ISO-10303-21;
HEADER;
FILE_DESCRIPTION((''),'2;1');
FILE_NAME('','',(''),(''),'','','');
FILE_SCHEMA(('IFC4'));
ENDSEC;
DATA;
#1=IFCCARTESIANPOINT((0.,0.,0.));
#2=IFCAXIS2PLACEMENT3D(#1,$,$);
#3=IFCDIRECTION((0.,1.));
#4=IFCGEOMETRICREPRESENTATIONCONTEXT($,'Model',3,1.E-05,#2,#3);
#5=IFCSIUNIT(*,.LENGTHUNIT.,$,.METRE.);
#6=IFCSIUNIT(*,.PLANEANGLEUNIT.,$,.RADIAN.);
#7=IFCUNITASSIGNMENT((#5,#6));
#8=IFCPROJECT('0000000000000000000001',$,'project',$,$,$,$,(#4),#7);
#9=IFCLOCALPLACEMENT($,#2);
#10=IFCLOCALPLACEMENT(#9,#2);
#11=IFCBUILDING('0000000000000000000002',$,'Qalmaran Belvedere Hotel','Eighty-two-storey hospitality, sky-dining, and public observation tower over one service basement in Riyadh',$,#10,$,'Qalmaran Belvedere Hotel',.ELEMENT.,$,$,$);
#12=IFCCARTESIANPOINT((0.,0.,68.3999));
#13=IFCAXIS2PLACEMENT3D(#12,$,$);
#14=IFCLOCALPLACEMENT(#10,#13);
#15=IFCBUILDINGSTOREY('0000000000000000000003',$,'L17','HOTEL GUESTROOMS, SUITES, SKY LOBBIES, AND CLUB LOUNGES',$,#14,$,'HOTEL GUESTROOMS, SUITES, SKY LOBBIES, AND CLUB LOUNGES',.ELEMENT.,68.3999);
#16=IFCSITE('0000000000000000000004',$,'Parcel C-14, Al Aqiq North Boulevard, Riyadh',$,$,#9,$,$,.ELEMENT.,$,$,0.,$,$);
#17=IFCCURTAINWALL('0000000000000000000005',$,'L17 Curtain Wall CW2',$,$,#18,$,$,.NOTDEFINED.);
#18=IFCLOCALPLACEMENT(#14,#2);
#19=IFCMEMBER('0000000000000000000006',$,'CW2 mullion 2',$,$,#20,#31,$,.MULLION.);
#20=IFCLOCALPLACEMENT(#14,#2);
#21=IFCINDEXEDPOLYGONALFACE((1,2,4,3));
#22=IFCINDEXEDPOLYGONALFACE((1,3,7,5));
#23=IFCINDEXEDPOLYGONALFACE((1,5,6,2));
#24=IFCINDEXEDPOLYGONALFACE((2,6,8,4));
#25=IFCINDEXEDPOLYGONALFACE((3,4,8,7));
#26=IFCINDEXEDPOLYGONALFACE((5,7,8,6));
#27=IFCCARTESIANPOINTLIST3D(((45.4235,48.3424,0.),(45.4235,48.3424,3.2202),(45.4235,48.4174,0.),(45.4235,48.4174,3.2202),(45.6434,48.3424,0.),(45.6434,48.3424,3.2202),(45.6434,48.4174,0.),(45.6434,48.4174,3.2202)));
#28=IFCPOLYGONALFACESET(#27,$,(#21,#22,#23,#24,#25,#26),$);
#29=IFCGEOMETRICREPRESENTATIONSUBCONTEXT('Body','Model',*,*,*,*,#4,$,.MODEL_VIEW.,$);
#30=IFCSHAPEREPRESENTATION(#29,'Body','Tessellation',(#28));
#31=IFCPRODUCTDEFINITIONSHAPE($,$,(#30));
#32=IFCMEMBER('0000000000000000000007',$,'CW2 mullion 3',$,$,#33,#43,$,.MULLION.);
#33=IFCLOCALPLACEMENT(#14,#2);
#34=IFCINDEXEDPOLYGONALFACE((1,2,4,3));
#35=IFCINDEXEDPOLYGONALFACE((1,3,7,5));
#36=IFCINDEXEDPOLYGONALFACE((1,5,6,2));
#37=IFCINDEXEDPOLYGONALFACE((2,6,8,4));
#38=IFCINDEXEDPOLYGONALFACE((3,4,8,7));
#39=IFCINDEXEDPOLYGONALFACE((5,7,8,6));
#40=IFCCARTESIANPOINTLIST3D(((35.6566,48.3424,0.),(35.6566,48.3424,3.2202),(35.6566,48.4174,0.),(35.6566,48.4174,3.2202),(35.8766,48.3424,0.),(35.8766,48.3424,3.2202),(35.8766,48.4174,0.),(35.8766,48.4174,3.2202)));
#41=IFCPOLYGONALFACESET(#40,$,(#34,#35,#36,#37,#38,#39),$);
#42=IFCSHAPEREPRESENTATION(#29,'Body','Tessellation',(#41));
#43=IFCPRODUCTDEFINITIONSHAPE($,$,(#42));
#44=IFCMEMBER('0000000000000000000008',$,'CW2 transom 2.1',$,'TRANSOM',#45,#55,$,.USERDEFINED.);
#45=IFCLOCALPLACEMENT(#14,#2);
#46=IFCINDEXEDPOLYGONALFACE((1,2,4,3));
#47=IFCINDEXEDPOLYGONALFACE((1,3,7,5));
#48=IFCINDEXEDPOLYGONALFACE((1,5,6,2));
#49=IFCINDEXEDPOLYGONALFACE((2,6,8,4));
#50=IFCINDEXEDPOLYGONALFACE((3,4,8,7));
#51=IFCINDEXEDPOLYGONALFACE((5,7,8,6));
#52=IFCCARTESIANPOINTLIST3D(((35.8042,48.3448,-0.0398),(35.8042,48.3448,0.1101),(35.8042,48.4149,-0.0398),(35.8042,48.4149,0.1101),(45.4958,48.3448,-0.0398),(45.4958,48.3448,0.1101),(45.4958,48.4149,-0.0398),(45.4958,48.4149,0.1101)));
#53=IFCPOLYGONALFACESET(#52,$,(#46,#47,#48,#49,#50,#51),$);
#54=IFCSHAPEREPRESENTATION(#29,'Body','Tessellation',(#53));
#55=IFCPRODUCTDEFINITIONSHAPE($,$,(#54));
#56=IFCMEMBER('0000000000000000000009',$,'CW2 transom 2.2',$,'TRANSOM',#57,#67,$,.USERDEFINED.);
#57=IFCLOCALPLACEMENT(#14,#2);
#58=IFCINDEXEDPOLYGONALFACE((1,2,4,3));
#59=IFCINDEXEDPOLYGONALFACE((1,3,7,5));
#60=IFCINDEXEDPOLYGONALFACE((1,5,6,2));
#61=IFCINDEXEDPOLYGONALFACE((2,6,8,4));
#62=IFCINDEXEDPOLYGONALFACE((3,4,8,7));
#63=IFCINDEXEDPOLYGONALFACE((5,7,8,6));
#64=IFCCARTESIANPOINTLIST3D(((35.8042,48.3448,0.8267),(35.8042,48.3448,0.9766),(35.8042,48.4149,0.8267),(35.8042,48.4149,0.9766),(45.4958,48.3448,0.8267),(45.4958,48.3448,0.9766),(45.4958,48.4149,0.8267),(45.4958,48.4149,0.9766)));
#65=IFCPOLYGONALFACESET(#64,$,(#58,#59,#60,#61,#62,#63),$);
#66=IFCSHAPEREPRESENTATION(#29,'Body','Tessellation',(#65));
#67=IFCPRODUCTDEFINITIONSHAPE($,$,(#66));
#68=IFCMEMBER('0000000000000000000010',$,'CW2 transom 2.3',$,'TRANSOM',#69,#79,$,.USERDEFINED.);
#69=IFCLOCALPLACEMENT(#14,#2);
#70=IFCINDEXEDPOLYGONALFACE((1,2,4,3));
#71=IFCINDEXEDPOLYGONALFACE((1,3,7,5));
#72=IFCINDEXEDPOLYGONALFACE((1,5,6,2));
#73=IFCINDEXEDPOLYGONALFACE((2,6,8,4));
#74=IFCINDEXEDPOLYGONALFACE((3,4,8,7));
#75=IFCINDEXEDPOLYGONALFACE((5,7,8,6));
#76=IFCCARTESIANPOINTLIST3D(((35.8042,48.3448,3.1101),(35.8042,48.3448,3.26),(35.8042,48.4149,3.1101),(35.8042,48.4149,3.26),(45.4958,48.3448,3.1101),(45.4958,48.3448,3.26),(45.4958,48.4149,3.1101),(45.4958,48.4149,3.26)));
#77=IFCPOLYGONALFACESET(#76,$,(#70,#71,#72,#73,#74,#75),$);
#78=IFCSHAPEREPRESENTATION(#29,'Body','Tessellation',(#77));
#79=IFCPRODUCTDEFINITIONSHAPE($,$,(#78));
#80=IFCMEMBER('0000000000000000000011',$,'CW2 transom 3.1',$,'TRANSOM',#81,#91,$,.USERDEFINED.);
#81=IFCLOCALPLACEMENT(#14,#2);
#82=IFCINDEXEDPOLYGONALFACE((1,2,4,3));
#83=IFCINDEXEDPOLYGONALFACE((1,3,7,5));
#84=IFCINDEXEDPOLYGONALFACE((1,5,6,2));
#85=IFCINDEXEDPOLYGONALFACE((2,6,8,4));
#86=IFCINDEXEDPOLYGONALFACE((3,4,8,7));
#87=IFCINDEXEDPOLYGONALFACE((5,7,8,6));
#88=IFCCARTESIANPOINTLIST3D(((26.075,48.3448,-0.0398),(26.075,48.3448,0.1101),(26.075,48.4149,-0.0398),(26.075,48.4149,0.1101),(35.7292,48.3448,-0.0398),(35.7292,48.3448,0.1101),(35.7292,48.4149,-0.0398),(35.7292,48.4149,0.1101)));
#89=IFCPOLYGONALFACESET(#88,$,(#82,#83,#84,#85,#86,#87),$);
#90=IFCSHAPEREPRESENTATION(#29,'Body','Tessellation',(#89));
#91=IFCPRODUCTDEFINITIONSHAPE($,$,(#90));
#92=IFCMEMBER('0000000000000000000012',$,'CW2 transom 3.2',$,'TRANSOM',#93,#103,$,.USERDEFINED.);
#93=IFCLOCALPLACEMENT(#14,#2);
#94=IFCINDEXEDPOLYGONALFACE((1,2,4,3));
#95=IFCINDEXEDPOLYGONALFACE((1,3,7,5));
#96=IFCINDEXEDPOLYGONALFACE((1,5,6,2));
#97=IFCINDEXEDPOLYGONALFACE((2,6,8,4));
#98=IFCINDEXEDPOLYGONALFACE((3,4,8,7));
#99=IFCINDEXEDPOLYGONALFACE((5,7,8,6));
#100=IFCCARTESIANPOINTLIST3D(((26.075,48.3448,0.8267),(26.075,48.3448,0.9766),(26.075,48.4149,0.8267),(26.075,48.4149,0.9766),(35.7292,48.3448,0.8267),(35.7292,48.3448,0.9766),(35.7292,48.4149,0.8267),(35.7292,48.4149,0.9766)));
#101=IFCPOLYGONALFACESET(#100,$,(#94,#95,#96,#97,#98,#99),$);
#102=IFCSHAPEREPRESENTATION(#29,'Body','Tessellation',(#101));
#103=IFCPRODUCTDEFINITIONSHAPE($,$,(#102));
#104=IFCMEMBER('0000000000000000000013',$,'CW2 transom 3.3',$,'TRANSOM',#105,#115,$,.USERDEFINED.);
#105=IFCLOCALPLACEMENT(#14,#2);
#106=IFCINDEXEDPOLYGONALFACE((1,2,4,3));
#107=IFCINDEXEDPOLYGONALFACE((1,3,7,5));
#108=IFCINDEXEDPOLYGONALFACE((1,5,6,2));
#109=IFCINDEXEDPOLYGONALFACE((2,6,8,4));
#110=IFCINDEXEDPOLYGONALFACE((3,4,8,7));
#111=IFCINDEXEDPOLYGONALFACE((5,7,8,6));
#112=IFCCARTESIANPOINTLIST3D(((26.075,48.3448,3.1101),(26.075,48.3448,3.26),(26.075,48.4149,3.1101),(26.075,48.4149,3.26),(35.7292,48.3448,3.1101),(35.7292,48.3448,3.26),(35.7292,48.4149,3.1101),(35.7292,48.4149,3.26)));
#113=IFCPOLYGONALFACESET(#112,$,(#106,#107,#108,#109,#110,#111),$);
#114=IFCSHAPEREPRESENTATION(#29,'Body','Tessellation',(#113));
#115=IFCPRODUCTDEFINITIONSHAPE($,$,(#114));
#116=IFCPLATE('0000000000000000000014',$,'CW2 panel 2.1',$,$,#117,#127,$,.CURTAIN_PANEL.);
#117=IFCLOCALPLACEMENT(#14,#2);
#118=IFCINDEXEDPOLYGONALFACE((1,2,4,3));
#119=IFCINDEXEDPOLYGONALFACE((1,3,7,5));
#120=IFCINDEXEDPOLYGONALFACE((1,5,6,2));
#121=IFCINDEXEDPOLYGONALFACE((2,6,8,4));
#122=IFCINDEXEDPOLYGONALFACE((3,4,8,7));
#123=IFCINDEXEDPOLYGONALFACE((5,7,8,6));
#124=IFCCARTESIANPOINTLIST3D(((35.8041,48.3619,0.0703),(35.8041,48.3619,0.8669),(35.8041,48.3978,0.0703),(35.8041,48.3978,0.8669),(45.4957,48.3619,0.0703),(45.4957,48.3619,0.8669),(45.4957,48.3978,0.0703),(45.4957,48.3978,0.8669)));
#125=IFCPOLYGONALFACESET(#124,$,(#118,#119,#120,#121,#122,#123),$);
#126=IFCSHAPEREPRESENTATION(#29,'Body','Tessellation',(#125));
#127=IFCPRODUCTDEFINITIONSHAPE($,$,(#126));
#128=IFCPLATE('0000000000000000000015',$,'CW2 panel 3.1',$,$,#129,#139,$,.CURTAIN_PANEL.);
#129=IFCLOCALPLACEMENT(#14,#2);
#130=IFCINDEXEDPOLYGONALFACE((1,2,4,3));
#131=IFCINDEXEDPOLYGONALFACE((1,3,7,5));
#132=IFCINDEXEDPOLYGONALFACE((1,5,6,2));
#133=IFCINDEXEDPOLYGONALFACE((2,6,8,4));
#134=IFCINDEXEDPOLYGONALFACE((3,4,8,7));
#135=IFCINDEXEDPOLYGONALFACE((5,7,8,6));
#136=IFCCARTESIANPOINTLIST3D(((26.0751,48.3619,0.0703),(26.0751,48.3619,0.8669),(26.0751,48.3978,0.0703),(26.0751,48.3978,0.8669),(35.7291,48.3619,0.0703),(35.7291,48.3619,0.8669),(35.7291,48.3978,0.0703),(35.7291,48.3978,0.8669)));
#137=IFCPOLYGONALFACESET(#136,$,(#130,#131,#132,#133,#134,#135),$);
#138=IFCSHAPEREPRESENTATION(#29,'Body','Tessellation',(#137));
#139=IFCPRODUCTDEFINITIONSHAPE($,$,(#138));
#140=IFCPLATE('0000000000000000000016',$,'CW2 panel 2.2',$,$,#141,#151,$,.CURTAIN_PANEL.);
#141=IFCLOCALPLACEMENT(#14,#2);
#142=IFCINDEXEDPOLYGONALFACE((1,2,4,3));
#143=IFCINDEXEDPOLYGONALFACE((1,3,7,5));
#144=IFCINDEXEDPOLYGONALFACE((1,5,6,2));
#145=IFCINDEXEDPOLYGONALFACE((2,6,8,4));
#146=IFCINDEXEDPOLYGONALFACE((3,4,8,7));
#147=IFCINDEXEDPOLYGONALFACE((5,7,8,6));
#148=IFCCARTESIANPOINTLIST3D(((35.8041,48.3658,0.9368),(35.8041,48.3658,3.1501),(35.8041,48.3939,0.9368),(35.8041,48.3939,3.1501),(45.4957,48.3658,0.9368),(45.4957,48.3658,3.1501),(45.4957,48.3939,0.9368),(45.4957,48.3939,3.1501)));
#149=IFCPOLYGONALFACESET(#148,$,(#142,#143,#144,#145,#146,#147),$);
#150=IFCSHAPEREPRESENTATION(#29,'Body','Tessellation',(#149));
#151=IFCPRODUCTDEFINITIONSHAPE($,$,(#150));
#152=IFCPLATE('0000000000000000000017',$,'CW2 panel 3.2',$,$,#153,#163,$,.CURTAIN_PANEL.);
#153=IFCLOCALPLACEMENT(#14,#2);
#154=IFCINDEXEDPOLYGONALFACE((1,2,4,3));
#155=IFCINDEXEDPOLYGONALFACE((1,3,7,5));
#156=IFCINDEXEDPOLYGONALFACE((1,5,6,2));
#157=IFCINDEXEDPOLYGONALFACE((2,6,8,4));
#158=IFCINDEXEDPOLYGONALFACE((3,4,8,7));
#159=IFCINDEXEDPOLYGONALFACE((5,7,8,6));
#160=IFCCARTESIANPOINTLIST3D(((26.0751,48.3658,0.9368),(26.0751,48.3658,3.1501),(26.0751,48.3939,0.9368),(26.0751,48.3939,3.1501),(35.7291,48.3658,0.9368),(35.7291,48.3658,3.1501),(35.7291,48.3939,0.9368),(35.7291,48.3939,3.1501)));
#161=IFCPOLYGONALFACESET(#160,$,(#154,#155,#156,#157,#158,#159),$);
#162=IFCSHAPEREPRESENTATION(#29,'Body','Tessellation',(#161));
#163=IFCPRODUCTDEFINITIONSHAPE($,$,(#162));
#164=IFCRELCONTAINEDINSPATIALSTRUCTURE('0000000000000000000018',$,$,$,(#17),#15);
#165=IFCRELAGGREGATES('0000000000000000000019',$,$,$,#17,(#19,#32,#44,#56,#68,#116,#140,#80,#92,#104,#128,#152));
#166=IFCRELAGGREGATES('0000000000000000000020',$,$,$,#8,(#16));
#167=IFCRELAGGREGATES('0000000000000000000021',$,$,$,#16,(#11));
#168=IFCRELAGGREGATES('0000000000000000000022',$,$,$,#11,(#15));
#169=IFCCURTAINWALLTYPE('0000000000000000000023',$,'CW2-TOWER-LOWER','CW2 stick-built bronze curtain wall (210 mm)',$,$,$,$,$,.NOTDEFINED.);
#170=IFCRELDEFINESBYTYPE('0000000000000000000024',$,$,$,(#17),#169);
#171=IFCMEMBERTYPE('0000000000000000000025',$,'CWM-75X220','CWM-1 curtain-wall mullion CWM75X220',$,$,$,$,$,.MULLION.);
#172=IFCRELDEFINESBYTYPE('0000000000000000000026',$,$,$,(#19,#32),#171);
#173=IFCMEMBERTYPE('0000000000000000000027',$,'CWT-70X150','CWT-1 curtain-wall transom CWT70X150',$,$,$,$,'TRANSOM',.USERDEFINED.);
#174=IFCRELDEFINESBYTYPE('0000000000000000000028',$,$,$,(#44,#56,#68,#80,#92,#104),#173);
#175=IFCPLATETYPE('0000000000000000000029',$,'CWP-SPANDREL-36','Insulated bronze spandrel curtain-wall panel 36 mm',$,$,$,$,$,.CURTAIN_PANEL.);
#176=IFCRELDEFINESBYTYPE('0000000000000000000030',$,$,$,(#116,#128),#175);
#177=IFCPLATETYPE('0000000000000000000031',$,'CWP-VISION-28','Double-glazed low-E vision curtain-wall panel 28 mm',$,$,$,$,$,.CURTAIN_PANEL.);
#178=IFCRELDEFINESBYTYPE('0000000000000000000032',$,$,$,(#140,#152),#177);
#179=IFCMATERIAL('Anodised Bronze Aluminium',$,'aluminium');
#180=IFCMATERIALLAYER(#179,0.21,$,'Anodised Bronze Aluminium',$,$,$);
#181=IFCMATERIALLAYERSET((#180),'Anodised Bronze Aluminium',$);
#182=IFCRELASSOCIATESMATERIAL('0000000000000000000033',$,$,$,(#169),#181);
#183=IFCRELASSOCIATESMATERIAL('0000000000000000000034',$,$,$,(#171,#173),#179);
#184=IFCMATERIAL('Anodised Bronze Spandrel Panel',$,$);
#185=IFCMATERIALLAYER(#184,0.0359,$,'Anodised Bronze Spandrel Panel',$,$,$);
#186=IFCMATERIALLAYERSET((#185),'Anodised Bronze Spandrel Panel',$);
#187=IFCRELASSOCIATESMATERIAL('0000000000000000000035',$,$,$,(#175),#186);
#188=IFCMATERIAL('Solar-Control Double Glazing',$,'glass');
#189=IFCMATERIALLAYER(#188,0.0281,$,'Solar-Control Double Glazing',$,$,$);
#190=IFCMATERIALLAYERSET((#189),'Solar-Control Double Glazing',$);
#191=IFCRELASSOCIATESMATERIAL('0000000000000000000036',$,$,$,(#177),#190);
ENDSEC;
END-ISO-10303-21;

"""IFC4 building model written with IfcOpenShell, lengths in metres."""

from ifc_helpers import new_model, si_unit, direction, frame, origin, origin_2d, place, context, subcontext, project, spatial, rectangle, extrude, material, layer, layer_set, material_profile, profile_set, type_object, element, aggregate, save


model = new_model("IFC4")

# Units and contexts
model_context = context("Model", 3, precision=1e-05, world=origin(), true_north=direction((0.0, 1.0)))
body_context = subcontext(model_context, "Body", "Model", "MODEL_VIEW")
ifc_project = project(units=[si_unit("LENGTHUNIT", "METRE"), si_unit("PLANEANGLEUNIT", "RADIAN")], contexts=[model_context])

# Site, building, storey
site_placement = place(None, origin())
site = spatial("IfcSite", under=ifc_project, at=site_placement, Name="Parcel C-14, Al Aqiq North Boulevard, Riyadh", CompositionType="ELEMENT", RefElevation=0.0)
building_placement = place(site_placement, origin())
building = spatial("IfcBuilding", under=site, at=building_placement, Name="Qalmaran Belvedere Hotel", Description="Eighty-two-storey hospitality, sky-dining, and public observation tower over one service basement in Riyadh", LongName="Qalmaran Belvedere Hotel", CompositionType="ELEMENT")
storey_placement = place(building_placement, frame((0.0, 0.0, 68.3999)))
storey = spatial("IfcBuildingStorey", under=building, at=storey_placement, Name="L17", Description="HOTEL GUESTROOMS, SUITES, SKY LOBBIES, AND CLUB LOUNGES", LongName="HOTEL GUESTROOMS, SUITES, SKY LOBBIES, AND CLUB LOUNGES", CompositionType="ELEMENT", Elevation=68.3999)

# Curtain wall, members, plates
ifc_material_1 = material(Name="Anodised Bronze Aluminium", Category="aluminium")
ifc_layer_1 = layer(ifc_material_1, 0.21, Name="Anodised Bronze Aluminium")
ifc_layer_set_1 = layer_set([ifc_layer_1], Name="Anodised Bronze Aluminium")
curtain_wall_type = type_object("IfcCurtainWallType", Name="CW2-TOWER-LOWER", Description="CW2 stick-built bronze curtain wall (210 mm)", PredefinedType="NOTDEFINED", material=ifc_layer_set_1)
curtain_wall_placement = place(storey_placement, origin())
curtain_wall = element("IfcCurtainWall", 1, at=curtain_wall_placement, inside=storey, type_object=curtain_wall_type, Name="L17 Curtain Wall CW2", PredefinedType="NOTDEFINED")
ifc_material_profile_1 = material_profile(ifc_material_1, rectangle(XDim=0.075, YDim=0.22, at=origin_2d()), Name="CWM75X220")
ifc_profile_set_1 = profile_set([ifc_material_profile_1], Name="Anodised Bronze Aluminium")
member_type_1 = type_object("IfcMemberType", Name="CWM-75X220", Description="CWM-1 curtain-wall mullion CWM75X220", PredefinedType="MULLION", material=ifc_profile_set_1)
member_1_placement = place(storey_placement, frame((45.5334, 48.3799, 0.0), z_axis=(0.0, 0.0, 1.0), x_axis=(0.0, -1.0, 0.0)))
member_1 = element("IfcMember", 2, at=member_1_placement, type_object=member_type_1, Name="CW2 mullion 2", PredefinedType="MULLION", context=body_context, shape_type="SweptSolid", body=[
    extrude(rectangle(XDim=0.075, YDim=0.22, at=origin_2d()), origin(), (0.0, 0.0, 1.0), 3.2202),
])
member_2_placement = place(storey_placement, frame((35.7666, 48.3799, 0.0), z_axis=(0.0, 0.0, 1.0), x_axis=(0.0, -1.0, 0.0)))
member_2 = element("IfcMember", 3, at=member_2_placement, type_object=member_type_1, Name="CW2 mullion 3", PredefinedType="MULLION", context=body_context, shape_type="SweptSolid", body=[
    extrude(rectangle(XDim=0.075, YDim=0.22, at=origin_2d()), origin(), (0.0, 0.0, 1.0), 3.2202),
])
ifc_material_profile_2 = material_profile(ifc_material_1, rectangle(XDim=0.0701, YDim=0.1499, at=origin_2d()), Name="CWT70X150")
ifc_profile_set_2 = profile_set([ifc_material_profile_2], Name="Anodised Bronze Aluminium")
member_type_2 = type_object("IfcMemberType", Name="CWT-70X150", Description="CWT-1 curtain-wall transom CWT70X150", ElementType="TRANSOM", PredefinedType="USERDEFINED", material=ifc_profile_set_2)
member_3_placement = place(storey_placement, frame((45.4958, 48.3799, 0.0352), z_axis=(-1.0, 0.0, 0.0), x_axis=(0.0, -1.0, 0.0)))
member_3 = element("IfcMember", 4, at=member_3_placement, type_object=member_type_2, Name="CW2 transom 2.1", ObjectType="TRANSOM", PredefinedType="USERDEFINED", context=body_context, shape_type="SweptSolid", body=[
    extrude(rectangle(XDim=0.0701, YDim=0.1499, at=origin_2d()), origin(), (0.0, 0.0, 1.0), 9.6917),
])
member_4_placement = place(storey_placement, frame((45.4958, 48.3799, 0.9016), z_axis=(-1.0, 0.0, 0.0), x_axis=(0.0, -1.0, 0.0)))
member_4 = element("IfcMember", 5, at=member_4_placement, type_object=member_type_2, Name="CW2 transom 2.2", ObjectType="TRANSOM", PredefinedType="USERDEFINED", context=body_context, shape_type="SweptSolid", body=[
    extrude(rectangle(XDim=0.0701, YDim=0.1499, at=origin_2d()), origin(), (0.0, 0.0, 1.0), 9.6917),
])
member_5_placement = place(storey_placement, frame((45.4958, 48.3799, 3.1851), z_axis=(-1.0, 0.0, 0.0), x_axis=(0.0, -1.0, 0.0)))
member_5 = element("IfcMember", 6, at=member_5_placement, type_object=member_type_2, Name="CW2 transom 2.3", ObjectType="TRANSOM", PredefinedType="USERDEFINED", context=body_context, shape_type="SweptSolid", body=[
    extrude(rectangle(XDim=0.0701, YDim=0.1499, at=origin_2d()), origin(), (0.0, 0.0, 1.0), 9.6917),
])
member_6_placement = place(storey_placement, frame((35.7292, 48.3799, 0.0352), z_axis=(-1.0, 0.0, 0.0), x_axis=(0.0, -1.0, 0.0)))
member_6 = element("IfcMember", 7, at=member_6_placement, type_object=member_type_2, Name="CW2 transom 3.1", ObjectType="TRANSOM", PredefinedType="USERDEFINED", context=body_context, shape_type="SweptSolid", body=[
    extrude(rectangle(XDim=0.0701, YDim=0.1499, at=origin_2d()), origin(), (0.0, 0.0, 1.0), 9.6543),
])
member_7_placement = place(storey_placement, frame((35.7292, 48.3799, 0.9016), z_axis=(-1.0, 0.0, 0.0), x_axis=(0.0, -1.0, 0.0)))
member_7 = element("IfcMember", 8, at=member_7_placement, type_object=member_type_2, Name="CW2 transom 3.2", ObjectType="TRANSOM", PredefinedType="USERDEFINED", context=body_context, shape_type="SweptSolid", body=[
    extrude(rectangle(XDim=0.0701, YDim=0.1499, at=origin_2d()), origin(), (0.0, 0.0, 1.0), 9.6543),
])
member_8_placement = place(storey_placement, frame((35.7292, 48.3799, 3.1851), z_axis=(-1.0, 0.0, 0.0), x_axis=(0.0, -1.0, 0.0)))
member_8 = element("IfcMember", 9, at=member_8_placement, type_object=member_type_2, Name="CW2 transom 3.3", ObjectType="TRANSOM", PredefinedType="USERDEFINED", context=body_context, shape_type="SweptSolid", body=[
    extrude(rectangle(XDim=0.0701, YDim=0.1499, at=origin_2d()), origin(), (0.0, 0.0, 1.0), 9.6543),
])
ifc_material_2 = material(Name="Anodised Bronze Spandrel Panel")
ifc_layer_2 = layer(ifc_material_2, 0.0359, Name="Anodised Bronze Spandrel Panel")
ifc_layer_set_2 = layer_set([ifc_layer_2], Name="Anodised Bronze Spandrel Panel")
plate_type_1 = type_object("IfcPlateType", Name="CWP-SPANDREL-36", Description="Insulated bronze spandrel curtain-wall panel 36 mm", PredefinedType="CURTAIN_PANEL", material=ifc_layer_set_2)
plate_1_placement = place(storey_placement, frame((40.6499, 48.3799, 0.0703), z_axis=(0.0, 0.0, 1.0), x_axis=(-1.0, 0.0, 0.0)))
plate_1 = element("IfcPlate", 10, at=plate_1_placement, type_object=plate_type_1, Name="CW2 panel 2.1", PredefinedType="CURTAIN_PANEL", context=body_context, shape_type="SweptSolid", body=[
    extrude(rectangle(XDim=9.6917, YDim=0.0359, at=origin_2d()), origin(), (0.0, 0.0, 1.0), 0.7966),
])
plate_2_placement = place(storey_placement, frame((30.9021, 48.3799, 0.0703), z_axis=(0.0, 0.0, 1.0), x_axis=(-1.0, 0.0, 0.0)))
plate_2 = element("IfcPlate", 11, at=plate_2_placement, type_object=plate_type_1, Name="CW2 panel 3.1", PredefinedType="CURTAIN_PANEL", context=body_context, shape_type="SweptSolid", body=[
    extrude(rectangle(XDim=9.6541, YDim=0.0359, at=origin_2d()), origin(), (0.0, 0.0, 1.0), 0.7966),
])
ifc_material_3 = material(Name="Solar-Control Double Glazing", Category="glass")
ifc_layer_3 = layer(ifc_material_3, 0.0281, Name="Solar-Control Double Glazing")
ifc_layer_set_3 = layer_set([ifc_layer_3], Name="Solar-Control Double Glazing")
plate_type_2 = type_object("IfcPlateType", Name="CWP-VISION-28", Description="Double-glazed low-E vision curtain-wall panel 28 mm", PredefinedType="CURTAIN_PANEL", material=ifc_layer_set_3)
plate_3_placement = place(storey_placement, frame((40.6499, 48.3799, 0.9368), z_axis=(0.0, 0.0, 1.0), x_axis=(-1.0, 0.0, 0.0)))
plate_3 = element("IfcPlate", 12, at=plate_3_placement, type_object=plate_type_2, Name="CW2 panel 2.2", PredefinedType="CURTAIN_PANEL", context=body_context, shape_type="SweptSolid", body=[
    extrude(rectangle(XDim=9.6917, YDim=0.0281, at=origin_2d()), origin(), (0.0, 0.0, 1.0), 2.2134),
])
plate_4_placement = place(storey_placement, frame((30.9021, 48.3799, 0.9368), z_axis=(0.0, 0.0, 1.0), x_axis=(-1.0, 0.0, 0.0)))
plate_4 = element("IfcPlate", 13, at=plate_4_placement, type_object=plate_type_2, Name="CW2 panel 3.2", PredefinedType="CURTAIN_PANEL", context=body_context, shape_type="SweptSolid", body=[
    extrude(rectangle(XDim=9.6541, YDim=0.0281, at=origin_2d()), origin(), (0.0, 0.0, 1.0), 2.2134),
])
aggregate(curtain_wall, [member_1, member_2, member_3, member_4, member_5, plate_1, plate_3, member_6, member_7, member_8, plate_2, plate_4])

save(model, "model.ifc")
